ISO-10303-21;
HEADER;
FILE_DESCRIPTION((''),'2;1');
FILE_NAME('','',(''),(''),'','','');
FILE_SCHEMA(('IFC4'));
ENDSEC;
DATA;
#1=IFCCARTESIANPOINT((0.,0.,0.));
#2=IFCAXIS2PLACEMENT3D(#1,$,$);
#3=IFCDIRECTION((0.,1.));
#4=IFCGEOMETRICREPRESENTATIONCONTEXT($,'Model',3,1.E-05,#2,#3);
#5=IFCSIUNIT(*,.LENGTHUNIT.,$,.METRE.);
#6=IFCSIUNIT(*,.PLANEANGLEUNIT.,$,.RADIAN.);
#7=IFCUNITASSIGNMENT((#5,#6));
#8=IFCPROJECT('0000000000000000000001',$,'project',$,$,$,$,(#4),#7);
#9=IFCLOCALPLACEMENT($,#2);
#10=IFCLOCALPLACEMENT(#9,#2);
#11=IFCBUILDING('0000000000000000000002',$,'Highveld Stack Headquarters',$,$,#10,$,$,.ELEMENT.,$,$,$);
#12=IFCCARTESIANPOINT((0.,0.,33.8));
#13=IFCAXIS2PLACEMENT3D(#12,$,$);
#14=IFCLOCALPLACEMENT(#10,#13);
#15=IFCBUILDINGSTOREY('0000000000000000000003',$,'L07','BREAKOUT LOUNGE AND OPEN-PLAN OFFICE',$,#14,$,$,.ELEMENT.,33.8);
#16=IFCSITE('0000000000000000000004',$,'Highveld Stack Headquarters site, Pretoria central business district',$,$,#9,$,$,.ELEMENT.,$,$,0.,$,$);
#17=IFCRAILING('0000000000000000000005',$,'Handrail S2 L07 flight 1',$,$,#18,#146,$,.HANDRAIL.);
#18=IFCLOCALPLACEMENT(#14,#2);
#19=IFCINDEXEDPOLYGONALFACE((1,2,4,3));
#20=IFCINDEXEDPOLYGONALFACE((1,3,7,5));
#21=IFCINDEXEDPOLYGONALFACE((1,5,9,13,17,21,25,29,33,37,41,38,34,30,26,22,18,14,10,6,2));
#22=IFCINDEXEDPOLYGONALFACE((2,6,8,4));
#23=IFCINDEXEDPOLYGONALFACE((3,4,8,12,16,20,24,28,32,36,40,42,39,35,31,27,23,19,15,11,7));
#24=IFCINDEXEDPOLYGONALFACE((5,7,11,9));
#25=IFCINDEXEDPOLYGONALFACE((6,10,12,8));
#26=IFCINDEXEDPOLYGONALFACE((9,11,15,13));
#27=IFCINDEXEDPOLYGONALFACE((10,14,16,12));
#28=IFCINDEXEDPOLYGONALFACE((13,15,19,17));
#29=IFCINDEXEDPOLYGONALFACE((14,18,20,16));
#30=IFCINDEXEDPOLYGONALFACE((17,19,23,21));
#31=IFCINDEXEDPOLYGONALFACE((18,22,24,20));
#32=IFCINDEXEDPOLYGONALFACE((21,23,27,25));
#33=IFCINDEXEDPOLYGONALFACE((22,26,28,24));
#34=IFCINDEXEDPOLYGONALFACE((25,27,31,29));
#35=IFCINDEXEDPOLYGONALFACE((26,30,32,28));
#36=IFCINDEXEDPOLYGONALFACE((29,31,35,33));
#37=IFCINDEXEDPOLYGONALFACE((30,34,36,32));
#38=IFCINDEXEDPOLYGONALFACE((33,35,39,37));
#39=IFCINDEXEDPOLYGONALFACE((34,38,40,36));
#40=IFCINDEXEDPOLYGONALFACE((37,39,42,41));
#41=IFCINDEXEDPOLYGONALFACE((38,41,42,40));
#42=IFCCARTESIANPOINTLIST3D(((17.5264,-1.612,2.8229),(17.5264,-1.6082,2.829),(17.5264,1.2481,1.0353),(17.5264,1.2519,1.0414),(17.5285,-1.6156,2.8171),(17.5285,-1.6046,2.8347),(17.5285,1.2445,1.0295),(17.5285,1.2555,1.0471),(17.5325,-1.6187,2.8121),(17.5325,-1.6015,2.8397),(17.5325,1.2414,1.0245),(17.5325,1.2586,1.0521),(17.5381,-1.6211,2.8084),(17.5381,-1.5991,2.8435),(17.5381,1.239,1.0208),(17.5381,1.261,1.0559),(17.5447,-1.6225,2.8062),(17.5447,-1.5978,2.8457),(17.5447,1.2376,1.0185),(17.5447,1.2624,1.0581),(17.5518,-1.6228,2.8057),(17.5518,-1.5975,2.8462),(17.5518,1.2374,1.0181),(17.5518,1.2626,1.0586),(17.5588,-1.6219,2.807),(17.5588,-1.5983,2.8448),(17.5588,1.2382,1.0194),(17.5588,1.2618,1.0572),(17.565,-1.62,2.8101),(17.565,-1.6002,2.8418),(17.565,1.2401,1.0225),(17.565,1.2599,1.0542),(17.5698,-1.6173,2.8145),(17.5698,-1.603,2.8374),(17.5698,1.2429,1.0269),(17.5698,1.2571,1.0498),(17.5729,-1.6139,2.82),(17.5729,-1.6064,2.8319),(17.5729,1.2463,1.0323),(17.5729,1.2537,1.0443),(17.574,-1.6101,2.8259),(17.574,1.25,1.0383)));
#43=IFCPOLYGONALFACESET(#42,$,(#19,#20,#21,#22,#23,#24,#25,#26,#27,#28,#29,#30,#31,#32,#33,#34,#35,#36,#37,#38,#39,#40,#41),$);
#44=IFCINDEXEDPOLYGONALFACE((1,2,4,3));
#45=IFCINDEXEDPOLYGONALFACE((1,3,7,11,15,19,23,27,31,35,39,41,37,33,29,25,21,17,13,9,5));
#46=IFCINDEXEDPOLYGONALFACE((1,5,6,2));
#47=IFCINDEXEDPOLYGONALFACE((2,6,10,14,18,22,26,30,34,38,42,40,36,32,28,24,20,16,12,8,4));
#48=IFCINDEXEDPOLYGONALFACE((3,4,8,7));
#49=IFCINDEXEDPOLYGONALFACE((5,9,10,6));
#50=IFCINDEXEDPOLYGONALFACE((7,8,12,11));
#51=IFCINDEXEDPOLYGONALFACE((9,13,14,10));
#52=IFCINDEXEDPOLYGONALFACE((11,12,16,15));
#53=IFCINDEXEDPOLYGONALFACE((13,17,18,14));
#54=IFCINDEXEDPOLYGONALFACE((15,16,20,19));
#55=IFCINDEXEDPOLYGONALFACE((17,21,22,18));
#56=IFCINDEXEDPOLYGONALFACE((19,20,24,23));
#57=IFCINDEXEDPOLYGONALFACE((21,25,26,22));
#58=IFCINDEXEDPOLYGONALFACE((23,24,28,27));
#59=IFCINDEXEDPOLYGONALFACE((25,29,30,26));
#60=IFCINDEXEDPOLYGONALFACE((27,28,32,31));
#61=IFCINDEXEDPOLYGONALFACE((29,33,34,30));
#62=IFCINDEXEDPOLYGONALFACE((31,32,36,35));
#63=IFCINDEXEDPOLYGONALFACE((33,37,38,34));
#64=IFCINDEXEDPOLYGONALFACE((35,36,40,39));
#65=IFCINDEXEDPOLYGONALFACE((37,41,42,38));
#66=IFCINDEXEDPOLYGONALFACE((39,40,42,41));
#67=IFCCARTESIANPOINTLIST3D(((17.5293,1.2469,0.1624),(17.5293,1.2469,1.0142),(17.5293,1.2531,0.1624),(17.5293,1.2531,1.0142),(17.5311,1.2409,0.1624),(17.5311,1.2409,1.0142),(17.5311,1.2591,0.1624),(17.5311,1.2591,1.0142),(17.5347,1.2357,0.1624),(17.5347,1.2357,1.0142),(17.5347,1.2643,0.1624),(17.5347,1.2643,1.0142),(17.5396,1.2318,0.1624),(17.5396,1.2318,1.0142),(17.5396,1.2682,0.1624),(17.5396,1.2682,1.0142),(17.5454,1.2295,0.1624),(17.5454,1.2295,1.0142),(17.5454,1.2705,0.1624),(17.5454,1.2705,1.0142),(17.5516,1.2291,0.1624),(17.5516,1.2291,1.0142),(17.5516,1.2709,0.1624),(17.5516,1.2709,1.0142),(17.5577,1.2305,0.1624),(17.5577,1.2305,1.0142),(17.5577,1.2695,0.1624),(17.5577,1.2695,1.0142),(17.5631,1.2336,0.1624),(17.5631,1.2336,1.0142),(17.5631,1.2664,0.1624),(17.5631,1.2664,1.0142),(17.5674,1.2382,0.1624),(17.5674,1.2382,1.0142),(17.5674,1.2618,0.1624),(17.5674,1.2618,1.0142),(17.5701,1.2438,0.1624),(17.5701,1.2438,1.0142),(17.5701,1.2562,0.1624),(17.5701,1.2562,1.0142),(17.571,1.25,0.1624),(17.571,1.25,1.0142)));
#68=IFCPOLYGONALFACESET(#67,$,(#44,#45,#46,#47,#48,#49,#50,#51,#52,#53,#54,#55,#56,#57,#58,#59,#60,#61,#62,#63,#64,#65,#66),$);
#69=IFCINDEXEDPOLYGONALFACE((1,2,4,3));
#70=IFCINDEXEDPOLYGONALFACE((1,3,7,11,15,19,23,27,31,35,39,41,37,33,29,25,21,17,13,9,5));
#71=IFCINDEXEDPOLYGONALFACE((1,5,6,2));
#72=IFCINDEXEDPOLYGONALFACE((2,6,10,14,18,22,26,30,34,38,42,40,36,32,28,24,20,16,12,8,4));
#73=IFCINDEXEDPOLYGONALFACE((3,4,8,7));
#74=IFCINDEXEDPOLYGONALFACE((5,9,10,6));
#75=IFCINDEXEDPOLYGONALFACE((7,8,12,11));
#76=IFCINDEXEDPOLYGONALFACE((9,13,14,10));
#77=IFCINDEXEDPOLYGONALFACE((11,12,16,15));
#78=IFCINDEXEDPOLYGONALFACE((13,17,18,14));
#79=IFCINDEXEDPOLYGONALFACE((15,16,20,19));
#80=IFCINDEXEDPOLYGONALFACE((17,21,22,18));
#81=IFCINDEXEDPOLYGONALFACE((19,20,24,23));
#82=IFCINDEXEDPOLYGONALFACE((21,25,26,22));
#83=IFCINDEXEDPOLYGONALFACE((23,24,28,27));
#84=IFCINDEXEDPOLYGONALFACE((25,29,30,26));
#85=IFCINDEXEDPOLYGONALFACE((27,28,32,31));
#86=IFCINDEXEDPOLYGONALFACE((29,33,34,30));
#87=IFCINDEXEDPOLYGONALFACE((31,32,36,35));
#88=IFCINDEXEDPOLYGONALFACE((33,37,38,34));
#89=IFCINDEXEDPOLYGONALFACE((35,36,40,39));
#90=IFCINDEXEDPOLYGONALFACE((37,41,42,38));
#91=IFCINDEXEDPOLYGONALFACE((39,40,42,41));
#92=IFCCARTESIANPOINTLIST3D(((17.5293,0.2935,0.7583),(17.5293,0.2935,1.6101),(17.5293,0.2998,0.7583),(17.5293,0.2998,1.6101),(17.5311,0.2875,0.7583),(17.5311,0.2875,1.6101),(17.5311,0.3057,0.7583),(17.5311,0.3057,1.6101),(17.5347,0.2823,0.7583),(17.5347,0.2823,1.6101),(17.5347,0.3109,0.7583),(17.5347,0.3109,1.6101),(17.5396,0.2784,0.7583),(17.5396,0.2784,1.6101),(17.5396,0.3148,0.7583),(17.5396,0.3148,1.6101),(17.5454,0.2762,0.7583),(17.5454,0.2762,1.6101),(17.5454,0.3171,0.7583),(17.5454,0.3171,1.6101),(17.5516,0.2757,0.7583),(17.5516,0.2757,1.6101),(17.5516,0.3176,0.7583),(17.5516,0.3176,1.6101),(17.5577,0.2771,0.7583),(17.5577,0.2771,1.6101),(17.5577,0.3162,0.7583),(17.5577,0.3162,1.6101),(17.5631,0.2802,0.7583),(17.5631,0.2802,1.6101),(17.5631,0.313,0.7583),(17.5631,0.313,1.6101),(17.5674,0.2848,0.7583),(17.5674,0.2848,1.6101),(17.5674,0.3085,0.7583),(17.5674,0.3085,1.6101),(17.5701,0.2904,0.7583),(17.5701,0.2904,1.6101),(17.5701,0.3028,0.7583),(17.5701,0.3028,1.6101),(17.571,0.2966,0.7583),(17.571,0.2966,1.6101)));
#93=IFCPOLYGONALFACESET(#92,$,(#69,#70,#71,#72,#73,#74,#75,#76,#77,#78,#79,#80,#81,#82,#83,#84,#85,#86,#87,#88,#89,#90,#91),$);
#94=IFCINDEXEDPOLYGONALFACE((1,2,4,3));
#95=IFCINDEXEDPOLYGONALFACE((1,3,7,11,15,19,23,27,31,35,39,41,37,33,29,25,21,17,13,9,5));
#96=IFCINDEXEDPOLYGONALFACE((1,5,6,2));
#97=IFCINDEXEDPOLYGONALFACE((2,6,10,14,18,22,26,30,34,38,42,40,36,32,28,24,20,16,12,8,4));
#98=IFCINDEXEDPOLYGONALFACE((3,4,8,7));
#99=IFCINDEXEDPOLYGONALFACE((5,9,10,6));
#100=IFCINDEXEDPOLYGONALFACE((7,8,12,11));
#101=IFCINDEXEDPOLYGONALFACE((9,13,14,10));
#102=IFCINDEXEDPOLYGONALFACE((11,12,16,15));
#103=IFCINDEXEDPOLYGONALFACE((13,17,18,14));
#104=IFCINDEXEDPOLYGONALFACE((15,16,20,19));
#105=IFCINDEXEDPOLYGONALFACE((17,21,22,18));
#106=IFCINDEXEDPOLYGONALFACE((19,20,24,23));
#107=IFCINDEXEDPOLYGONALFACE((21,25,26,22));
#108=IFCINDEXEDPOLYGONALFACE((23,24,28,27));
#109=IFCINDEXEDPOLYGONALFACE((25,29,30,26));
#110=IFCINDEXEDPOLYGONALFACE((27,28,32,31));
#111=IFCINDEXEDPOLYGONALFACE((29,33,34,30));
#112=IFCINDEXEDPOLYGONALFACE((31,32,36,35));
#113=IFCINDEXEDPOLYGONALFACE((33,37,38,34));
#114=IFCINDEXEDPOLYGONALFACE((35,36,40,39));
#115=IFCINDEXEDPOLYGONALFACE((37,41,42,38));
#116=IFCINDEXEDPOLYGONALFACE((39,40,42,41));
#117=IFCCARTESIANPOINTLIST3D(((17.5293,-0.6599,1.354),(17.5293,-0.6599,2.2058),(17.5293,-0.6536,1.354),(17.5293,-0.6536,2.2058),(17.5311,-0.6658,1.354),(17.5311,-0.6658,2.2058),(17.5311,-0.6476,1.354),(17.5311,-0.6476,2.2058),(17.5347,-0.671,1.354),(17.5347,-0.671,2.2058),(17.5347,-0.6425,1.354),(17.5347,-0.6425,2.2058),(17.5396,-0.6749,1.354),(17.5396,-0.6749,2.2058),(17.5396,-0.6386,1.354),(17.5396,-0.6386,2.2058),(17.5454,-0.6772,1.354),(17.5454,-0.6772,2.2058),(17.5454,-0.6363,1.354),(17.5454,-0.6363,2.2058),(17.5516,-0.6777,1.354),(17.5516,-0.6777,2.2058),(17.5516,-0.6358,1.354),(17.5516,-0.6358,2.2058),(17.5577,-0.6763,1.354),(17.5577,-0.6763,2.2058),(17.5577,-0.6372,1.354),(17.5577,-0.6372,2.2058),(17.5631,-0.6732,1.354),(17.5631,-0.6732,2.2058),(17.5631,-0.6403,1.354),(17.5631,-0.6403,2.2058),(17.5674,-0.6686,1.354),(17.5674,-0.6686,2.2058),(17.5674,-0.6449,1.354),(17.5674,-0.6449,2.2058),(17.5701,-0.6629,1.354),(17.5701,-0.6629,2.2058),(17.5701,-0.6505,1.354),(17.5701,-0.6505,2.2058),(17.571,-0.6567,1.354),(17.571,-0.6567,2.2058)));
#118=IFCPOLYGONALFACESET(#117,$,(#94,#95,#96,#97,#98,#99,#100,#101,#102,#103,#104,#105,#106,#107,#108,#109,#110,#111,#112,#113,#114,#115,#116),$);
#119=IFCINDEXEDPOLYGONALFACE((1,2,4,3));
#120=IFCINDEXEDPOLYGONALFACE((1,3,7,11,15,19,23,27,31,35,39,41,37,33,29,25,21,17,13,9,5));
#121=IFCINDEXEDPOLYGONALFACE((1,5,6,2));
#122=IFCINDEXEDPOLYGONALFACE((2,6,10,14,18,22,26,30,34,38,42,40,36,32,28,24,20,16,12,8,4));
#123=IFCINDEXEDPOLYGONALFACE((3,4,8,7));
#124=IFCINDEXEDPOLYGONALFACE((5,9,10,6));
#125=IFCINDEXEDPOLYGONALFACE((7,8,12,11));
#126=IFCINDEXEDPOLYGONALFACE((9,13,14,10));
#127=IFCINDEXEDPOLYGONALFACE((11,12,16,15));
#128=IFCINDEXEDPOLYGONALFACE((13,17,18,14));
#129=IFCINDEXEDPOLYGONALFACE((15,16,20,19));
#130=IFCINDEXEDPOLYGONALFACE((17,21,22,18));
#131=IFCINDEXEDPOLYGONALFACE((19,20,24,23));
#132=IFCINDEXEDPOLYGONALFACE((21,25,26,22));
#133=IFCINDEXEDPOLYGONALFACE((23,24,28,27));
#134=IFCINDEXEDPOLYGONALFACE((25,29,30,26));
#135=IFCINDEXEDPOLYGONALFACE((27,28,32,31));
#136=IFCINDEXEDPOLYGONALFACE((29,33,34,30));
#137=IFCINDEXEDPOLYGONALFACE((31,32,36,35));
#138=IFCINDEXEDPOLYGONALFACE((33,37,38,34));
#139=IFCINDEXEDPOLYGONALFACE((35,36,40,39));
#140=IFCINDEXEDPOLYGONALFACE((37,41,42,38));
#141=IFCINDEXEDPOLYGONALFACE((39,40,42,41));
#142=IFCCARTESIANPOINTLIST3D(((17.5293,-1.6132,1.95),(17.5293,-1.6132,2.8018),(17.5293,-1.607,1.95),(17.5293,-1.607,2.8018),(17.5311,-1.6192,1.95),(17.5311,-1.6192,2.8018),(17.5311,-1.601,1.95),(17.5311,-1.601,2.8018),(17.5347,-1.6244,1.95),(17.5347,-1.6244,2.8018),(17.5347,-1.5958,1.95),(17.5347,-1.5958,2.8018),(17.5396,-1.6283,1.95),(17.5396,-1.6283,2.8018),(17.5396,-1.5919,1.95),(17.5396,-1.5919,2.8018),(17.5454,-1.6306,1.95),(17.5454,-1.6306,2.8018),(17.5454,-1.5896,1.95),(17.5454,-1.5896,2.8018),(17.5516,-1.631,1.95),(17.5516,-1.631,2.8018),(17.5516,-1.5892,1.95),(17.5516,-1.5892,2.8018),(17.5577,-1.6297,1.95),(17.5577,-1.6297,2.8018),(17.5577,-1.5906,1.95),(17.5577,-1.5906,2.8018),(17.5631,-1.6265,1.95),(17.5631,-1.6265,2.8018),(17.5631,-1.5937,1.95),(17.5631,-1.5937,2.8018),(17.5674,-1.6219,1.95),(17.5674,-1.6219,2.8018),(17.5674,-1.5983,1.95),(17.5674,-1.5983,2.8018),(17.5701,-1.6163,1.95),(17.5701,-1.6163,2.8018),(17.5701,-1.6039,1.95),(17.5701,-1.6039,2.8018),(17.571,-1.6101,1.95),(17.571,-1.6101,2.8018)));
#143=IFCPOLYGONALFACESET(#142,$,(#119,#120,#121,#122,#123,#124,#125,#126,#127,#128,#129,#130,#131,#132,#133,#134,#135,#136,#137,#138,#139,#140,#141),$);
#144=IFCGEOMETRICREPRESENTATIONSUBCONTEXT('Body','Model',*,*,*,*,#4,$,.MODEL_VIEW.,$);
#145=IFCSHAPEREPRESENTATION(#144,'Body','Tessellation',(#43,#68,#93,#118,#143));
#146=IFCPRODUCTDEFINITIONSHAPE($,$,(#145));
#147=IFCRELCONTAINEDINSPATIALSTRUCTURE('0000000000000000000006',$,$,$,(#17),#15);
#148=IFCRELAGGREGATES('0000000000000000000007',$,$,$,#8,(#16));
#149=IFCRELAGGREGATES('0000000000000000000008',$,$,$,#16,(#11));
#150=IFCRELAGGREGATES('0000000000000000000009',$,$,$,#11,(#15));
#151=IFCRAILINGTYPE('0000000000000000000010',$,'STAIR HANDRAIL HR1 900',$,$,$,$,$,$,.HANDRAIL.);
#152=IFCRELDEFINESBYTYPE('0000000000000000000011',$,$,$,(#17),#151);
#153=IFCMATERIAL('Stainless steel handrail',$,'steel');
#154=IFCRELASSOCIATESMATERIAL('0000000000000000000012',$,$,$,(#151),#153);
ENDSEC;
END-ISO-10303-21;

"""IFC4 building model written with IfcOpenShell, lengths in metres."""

from ifc_helpers import new_model, si_unit, direction, frame, origin, origin_2d, place, context, subcontext, project, spatial, circle, extrude, material, type_object, element, save


model = new_model("IFC4")

# Units and contexts
model_context = context("Model", 3, precision=1e-05, world=origin(), true_north=direction((0.0, 1.0)))
body_context = subcontext(model_context, "Body", "Model", "MODEL_VIEW")
ifc_project = project(units=[si_unit("LENGTHUNIT", "METRE"), si_unit("PLANEANGLEUNIT", "RADIAN")], contexts=[model_context])

# Site, building, storey
site_placement = place(None, origin())
site = spatial("IfcSite", under=ifc_project, at=site_placement, Name="Highveld Stack Headquarters site, Pretoria central business district", CompositionType="ELEMENT", RefElevation=0.0)
building_placement = place(site_placement, origin())
building = spatial("IfcBuilding", under=site, at=building_placement, Name="Highveld Stack Headquarters", CompositionType="ELEMENT")
storey_placement = place(building_placement, frame((0.0, 0.0, 33.8)))
storey = spatial("IfcBuildingStorey", under=building, at=storey_placement, Name="L07", Description="BREAKOUT LOUNGE AND OPEN-PLAN OFFICE", CompositionType="ELEMENT", Elevation=33.8)

# Railing
ifc_material_1 = material(Name="Stainless steel handrail", Category="steel")
railing_type = type_object("IfcRailingType", Name="STAIR HANDRAIL HR1 900", PredefinedType="HANDRAIL", material=ifc_material_1)
for number, where, name in (
    (1, (17.55, 1.25, 0.1624), "Handrail S2 L07 flight 1"),
):
    element("IfcRailing", number, at=place(storey_placement, frame(where)), inside=storey, type_object=railing_type, Name=name, PredefinedType="HANDRAIL", context=body_context, shape_type="SweptSolid", body=[
        extrude(circle(Radius=0.0239, at=origin_2d()), frame((0.0, 0.0, 0.876), z_axis=(0.0, -0.847994, 0.530005), x_axis=(1.0, 0.0, 0.0)), (0.0, 0.0, 1.0), 3.3728),
        extrude(circle(Radius=0.021, at=origin_2d()), origin(), (0.0, 0.0, 1.0), 0.8518),
        extrude(circle(Radius=0.021, at=origin_2d()), frame((0.0, -0.9534, 0.5959)), (0.0, 0.0, 1.0), 0.8518),
        extrude(circle(Radius=0.021, at=origin_2d()), frame((0.0, -1.9067, 1.1917)), (0.0, 0.0, 1.0), 0.8518),
        extrude(circle(Radius=0.021, at=origin_2d()), frame((0.0, -2.8601, 1.7876)), (0.0, 0.0, 1.0), 0.8518),
    ])

save(model, "model.ifc")
